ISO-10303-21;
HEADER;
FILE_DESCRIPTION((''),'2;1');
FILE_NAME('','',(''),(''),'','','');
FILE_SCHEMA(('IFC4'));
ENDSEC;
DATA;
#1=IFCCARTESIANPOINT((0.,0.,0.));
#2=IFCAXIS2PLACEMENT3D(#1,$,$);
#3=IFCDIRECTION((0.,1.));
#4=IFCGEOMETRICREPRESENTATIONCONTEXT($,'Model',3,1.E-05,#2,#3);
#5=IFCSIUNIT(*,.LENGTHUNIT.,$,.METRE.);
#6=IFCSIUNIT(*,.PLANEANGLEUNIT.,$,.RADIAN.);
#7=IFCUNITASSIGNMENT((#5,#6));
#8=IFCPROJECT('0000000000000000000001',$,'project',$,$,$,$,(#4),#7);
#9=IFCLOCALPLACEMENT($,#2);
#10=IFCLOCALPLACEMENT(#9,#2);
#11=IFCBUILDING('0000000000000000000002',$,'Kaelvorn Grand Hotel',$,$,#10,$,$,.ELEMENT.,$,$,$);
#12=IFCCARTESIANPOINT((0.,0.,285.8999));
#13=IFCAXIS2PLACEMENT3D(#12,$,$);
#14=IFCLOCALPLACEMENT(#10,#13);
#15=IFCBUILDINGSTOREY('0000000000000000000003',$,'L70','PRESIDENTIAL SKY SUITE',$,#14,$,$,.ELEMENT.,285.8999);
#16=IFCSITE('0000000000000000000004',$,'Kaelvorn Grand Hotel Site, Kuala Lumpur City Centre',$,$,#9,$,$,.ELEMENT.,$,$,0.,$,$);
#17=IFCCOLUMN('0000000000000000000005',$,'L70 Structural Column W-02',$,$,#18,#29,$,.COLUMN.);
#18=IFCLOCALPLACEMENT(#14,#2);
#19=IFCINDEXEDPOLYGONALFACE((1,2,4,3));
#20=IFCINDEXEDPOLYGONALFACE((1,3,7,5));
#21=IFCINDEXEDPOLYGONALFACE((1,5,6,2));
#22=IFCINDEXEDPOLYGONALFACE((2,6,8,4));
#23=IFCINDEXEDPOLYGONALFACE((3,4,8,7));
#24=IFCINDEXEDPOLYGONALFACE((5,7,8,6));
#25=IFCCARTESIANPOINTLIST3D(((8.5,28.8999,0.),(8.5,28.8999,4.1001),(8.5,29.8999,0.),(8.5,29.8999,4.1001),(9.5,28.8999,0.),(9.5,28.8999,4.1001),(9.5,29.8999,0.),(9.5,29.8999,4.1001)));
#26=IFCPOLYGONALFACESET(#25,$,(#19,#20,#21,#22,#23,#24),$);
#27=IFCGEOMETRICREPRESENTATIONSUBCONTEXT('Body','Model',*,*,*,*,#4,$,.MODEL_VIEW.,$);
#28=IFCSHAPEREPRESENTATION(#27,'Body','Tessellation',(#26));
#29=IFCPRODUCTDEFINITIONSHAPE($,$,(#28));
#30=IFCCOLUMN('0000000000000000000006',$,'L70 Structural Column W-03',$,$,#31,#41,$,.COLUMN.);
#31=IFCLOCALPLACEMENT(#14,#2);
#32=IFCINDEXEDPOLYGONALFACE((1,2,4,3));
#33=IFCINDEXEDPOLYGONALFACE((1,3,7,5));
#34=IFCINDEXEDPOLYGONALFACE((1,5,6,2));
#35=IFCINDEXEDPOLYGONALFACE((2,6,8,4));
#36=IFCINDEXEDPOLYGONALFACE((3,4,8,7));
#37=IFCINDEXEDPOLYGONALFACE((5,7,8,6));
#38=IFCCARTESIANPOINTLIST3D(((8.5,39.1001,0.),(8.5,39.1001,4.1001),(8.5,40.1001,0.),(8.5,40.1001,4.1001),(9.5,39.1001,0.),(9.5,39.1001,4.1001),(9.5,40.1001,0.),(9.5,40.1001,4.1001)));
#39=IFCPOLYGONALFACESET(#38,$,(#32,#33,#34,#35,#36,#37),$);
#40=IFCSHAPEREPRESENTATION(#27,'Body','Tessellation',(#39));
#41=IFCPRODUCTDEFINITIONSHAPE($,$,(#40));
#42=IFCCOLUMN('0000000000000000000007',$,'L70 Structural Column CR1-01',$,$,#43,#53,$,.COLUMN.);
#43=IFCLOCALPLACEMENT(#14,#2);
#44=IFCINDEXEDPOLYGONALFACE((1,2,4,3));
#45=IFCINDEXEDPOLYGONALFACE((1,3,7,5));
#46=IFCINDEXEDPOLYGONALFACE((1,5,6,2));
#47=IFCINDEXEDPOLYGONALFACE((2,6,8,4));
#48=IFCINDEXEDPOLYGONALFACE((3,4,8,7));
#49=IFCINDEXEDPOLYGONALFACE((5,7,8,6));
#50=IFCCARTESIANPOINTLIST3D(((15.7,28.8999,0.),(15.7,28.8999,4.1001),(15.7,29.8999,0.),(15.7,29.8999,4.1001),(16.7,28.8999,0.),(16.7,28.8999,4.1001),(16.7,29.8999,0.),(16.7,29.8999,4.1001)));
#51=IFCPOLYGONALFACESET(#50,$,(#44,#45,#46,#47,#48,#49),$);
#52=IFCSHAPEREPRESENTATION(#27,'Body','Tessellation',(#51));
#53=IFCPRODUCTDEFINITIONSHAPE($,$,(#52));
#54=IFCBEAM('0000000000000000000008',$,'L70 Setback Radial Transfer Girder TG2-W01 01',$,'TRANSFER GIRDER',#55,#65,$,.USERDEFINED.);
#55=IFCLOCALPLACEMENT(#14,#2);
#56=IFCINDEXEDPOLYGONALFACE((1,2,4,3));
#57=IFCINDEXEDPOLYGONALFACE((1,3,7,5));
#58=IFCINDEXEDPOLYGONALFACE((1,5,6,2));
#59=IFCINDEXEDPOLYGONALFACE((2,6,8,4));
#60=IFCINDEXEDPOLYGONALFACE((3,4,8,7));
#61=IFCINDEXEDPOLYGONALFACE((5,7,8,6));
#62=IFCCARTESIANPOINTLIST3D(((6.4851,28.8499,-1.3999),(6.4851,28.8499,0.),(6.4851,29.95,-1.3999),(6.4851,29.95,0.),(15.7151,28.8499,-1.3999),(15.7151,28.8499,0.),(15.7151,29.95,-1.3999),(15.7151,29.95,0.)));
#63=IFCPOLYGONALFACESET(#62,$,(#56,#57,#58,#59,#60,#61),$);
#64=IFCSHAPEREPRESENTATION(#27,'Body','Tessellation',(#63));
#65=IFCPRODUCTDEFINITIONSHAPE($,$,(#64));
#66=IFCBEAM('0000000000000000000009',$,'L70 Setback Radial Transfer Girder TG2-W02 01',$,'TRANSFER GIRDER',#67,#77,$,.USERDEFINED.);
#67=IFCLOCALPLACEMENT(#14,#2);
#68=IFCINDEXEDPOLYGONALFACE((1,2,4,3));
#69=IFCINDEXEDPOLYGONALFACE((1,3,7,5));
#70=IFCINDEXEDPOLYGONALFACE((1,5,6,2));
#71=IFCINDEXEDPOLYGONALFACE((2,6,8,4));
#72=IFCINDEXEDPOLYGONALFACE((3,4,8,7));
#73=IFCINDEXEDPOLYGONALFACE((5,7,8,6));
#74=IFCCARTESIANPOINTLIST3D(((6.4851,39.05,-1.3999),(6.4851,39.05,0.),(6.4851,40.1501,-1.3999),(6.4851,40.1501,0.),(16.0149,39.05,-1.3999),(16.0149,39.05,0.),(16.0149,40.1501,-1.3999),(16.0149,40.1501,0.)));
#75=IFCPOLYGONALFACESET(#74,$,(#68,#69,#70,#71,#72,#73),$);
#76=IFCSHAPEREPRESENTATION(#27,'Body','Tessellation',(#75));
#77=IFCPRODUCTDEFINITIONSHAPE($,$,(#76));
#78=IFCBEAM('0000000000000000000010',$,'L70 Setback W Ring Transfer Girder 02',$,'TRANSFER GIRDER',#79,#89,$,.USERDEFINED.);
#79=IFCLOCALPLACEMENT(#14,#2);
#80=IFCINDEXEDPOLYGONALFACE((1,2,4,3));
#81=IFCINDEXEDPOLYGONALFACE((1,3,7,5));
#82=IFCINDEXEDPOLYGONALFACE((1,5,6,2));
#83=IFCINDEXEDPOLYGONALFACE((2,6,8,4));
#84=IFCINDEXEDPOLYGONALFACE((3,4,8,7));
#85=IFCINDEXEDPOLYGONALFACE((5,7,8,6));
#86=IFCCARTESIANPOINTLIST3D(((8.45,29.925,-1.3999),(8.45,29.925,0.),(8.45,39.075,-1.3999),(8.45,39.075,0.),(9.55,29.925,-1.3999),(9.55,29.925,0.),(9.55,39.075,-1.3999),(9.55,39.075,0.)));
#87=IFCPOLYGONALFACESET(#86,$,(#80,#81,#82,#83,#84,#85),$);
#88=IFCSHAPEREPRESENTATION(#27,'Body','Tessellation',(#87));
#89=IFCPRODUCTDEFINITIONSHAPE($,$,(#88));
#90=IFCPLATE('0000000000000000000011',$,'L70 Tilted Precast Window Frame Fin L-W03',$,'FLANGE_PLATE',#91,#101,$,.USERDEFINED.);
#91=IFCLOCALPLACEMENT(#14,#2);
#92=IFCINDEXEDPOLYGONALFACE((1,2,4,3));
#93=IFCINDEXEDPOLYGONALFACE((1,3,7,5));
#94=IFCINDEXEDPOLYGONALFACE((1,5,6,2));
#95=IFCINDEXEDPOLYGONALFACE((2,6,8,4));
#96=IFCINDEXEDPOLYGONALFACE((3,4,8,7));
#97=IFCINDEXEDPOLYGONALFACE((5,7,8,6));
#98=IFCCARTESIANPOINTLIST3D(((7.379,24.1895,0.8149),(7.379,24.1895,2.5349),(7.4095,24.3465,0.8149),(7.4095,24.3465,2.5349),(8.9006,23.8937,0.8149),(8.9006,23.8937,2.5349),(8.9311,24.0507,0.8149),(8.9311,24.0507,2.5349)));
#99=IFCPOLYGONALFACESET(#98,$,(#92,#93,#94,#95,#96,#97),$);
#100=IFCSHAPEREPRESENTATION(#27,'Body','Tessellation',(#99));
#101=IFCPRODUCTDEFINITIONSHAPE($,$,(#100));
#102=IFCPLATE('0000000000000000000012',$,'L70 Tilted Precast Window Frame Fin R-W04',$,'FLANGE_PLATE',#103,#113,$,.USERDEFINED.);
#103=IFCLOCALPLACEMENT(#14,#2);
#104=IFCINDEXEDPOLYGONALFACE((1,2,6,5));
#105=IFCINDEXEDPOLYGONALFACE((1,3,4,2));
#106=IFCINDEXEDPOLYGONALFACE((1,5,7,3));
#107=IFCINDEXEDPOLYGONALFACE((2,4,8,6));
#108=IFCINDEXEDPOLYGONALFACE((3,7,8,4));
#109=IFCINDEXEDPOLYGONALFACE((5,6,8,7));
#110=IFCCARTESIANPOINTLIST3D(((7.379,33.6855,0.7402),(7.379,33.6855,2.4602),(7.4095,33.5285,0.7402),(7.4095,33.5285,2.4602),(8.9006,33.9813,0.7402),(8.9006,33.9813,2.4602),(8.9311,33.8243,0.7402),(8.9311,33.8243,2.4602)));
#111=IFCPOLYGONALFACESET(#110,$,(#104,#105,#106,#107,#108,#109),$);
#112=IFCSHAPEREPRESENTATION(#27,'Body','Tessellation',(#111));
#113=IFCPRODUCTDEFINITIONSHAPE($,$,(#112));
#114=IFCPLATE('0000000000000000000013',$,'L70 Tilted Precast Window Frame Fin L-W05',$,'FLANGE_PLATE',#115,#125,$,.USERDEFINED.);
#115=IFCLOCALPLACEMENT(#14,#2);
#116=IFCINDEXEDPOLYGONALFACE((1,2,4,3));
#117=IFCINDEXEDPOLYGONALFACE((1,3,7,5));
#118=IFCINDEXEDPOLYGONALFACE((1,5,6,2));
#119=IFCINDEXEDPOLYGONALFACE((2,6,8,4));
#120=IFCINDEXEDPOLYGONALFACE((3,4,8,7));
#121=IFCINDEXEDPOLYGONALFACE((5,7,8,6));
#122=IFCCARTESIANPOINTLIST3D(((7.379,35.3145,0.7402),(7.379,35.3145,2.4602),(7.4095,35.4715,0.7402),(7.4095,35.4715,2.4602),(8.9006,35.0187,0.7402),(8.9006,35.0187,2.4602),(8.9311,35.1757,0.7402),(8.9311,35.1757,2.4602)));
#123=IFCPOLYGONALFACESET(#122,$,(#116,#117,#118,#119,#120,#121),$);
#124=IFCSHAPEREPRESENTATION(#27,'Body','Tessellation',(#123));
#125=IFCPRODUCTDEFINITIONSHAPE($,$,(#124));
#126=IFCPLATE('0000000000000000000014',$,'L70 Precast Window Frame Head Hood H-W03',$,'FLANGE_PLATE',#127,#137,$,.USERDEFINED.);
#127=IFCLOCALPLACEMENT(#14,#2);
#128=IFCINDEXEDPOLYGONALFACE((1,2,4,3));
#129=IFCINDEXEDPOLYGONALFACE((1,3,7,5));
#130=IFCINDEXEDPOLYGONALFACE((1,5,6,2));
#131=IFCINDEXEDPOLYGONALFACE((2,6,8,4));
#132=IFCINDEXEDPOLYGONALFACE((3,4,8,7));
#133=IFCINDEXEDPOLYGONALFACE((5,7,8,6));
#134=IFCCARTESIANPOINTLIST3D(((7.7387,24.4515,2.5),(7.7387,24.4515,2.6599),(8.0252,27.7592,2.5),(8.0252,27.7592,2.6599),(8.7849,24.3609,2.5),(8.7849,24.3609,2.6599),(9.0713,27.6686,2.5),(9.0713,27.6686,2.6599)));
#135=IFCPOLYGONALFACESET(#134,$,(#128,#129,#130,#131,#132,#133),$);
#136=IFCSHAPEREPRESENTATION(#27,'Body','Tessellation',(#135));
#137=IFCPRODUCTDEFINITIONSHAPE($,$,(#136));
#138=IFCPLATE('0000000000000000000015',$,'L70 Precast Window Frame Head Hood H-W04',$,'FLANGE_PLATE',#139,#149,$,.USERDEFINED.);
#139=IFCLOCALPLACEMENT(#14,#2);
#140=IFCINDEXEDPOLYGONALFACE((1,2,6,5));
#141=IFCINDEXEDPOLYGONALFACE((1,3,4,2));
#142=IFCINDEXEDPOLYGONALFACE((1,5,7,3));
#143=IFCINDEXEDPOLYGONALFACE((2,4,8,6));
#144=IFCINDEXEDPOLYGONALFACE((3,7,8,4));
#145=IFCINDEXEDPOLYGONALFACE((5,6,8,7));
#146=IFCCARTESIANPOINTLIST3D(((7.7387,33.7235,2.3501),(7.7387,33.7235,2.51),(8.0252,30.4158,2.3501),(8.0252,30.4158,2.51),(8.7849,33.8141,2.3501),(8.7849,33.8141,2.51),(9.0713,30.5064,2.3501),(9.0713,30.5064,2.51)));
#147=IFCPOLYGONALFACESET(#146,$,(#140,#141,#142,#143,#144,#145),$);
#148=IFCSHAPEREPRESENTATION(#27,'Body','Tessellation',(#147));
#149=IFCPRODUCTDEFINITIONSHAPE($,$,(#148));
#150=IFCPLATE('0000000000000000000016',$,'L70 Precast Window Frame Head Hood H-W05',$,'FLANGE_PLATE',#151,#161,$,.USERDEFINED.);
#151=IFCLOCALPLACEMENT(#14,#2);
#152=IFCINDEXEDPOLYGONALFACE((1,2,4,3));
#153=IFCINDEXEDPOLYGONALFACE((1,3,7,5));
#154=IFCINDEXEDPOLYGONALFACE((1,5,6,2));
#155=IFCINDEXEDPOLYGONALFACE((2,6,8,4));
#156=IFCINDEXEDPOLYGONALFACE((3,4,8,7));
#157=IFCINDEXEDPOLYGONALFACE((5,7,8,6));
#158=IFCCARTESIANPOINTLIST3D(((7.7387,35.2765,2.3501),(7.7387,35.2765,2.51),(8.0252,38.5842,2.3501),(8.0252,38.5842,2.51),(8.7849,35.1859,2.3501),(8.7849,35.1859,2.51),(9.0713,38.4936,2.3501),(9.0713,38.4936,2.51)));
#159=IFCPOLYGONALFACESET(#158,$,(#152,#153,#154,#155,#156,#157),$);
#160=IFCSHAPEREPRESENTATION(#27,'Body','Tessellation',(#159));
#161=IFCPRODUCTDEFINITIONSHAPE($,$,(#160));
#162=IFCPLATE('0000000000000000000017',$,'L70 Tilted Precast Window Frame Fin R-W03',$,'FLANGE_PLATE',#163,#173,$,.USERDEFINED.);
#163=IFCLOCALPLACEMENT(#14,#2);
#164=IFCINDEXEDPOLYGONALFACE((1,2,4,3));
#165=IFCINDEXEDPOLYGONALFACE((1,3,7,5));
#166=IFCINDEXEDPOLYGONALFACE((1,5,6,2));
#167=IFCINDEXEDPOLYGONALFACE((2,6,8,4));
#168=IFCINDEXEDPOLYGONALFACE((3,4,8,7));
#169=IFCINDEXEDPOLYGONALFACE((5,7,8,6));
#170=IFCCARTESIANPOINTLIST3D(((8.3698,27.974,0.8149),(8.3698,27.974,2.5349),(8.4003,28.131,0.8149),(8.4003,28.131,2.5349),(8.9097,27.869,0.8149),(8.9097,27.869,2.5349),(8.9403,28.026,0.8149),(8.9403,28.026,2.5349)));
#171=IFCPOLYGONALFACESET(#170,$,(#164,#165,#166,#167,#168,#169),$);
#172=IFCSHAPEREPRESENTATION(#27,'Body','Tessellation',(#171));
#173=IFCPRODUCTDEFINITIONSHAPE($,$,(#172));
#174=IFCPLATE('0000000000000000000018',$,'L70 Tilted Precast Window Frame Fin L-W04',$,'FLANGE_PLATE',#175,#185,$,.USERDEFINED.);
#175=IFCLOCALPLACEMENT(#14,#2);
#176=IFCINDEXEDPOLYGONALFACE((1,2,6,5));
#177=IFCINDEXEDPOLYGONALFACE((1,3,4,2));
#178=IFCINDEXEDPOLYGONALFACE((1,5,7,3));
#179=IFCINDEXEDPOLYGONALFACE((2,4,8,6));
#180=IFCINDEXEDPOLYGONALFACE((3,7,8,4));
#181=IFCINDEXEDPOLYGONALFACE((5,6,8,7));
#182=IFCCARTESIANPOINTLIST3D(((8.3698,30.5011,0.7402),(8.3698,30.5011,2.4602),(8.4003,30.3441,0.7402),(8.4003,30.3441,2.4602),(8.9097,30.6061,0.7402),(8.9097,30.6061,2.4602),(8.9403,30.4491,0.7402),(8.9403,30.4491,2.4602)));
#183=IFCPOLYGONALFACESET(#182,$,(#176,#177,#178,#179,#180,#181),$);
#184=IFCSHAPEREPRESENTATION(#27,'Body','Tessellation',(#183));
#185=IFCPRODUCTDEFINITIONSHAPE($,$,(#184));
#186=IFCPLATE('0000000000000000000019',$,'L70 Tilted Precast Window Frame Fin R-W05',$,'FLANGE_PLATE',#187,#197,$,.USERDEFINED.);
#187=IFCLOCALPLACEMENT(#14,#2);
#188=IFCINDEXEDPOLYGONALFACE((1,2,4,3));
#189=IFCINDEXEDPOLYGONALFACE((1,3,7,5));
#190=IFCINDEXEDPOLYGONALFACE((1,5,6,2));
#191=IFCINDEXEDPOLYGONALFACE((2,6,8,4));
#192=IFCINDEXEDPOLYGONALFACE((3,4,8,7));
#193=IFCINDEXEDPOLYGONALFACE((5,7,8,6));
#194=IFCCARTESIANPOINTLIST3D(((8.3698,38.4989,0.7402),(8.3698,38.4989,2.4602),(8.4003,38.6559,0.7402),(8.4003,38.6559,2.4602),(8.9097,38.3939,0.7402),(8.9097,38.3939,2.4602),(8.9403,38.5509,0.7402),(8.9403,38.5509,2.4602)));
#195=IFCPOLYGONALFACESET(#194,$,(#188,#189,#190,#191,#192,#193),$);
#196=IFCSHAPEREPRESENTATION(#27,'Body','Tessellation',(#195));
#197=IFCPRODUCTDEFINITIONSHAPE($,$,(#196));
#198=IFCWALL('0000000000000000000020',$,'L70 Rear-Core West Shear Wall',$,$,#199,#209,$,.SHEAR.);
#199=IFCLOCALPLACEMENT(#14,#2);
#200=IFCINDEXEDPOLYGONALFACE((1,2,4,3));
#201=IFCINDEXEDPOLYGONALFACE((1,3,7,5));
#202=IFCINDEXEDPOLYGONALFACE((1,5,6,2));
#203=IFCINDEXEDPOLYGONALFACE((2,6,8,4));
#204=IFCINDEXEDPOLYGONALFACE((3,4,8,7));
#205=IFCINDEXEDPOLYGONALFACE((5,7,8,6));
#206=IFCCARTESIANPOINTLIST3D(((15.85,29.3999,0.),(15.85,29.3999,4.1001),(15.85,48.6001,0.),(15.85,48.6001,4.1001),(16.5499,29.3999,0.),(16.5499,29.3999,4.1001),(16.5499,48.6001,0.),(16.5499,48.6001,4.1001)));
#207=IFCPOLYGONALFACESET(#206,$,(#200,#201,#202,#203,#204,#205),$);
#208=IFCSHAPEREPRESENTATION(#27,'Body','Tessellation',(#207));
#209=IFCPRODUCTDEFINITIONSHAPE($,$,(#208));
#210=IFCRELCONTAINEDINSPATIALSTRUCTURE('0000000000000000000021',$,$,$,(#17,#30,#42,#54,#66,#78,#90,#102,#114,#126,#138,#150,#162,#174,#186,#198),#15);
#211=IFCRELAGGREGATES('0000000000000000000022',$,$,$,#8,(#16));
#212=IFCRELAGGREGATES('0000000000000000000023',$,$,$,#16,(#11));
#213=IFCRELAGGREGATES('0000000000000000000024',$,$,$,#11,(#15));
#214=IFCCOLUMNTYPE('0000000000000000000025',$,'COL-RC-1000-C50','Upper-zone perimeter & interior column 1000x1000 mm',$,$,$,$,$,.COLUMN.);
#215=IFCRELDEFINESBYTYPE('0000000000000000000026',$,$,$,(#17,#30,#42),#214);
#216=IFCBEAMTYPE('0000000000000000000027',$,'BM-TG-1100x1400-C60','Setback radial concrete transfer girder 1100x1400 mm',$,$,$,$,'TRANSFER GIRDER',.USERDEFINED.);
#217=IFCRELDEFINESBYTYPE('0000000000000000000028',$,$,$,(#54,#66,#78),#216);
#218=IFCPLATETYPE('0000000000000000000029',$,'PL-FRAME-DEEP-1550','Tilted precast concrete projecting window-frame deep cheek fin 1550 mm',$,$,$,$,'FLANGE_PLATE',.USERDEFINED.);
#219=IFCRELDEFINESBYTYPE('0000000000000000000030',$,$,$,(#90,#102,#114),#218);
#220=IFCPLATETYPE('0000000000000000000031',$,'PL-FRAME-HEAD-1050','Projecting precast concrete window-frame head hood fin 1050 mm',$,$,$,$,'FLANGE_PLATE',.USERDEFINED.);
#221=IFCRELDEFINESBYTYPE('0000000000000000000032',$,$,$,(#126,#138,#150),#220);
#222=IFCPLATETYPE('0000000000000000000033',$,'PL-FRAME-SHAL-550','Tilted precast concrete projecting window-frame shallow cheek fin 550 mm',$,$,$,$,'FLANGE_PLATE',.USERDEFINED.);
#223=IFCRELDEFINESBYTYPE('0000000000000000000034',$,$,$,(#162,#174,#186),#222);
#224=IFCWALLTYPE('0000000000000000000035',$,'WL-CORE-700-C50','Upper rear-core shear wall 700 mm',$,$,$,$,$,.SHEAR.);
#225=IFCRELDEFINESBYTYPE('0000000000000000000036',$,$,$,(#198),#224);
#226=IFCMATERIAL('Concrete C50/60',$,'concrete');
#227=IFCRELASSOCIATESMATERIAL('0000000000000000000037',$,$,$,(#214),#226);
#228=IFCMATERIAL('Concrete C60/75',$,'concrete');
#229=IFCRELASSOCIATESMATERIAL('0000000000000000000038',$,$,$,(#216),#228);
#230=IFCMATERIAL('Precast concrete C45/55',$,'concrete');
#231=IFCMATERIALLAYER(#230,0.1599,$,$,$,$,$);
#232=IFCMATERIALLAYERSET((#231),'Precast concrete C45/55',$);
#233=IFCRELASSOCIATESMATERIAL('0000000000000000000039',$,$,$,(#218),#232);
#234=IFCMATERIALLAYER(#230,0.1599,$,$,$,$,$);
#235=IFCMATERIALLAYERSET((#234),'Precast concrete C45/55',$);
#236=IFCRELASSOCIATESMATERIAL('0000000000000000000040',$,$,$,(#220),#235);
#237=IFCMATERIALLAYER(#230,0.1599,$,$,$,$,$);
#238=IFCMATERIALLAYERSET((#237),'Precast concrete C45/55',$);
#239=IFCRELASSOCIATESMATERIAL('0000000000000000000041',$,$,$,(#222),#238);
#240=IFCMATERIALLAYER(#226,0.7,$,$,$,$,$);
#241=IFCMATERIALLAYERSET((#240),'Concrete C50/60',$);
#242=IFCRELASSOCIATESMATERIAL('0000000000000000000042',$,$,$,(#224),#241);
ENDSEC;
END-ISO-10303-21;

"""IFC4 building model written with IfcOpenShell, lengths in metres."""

from ifc_helpers import new_model, si_unit, direction, frame, frame_2d, origin, origin_2d, place, context, subcontext, project, spatial, rectangle, extrude, material, layer, layer_set, material_profile, profile_set, type_object, element, save


model = new_model("IFC4")

# Units and contexts
model_context = context("Model", 3, precision=1e-05, world=origin(), true_north=direction((0.0, 1.0)))
body_context = subcontext(model_context, "Body", "Model", "MODEL_VIEW")
ifc_project = project(units=[si_unit("LENGTHUNIT", "METRE"), si_unit("PLANEANGLEUNIT", "RADIAN")], contexts=[model_context])

# Site, building, storey
site_placement = place(None, origin())
site = spatial("IfcSite", under=ifc_project, at=site_placement, Name="Kaelvorn Grand Hotel Site, Kuala Lumpur City Centre", CompositionType="ELEMENT", RefElevation=0.0)
building_placement = place(site_placement, origin())
building = spatial("IfcBuilding", under=site, at=building_placement, Name="Kaelvorn Grand Hotel", CompositionType="ELEMENT")
storey_placement = place(building_placement, frame((0.0, 0.0, 285.8999)))
storey = spatial("IfcBuildingStorey", under=building, at=storey_placement, Name="L70", Description="PRESIDENTIAL SKY SUITE", CompositionType="ELEMENT", Elevation=285.8999)

# Columns
ifc_material_1 = material(Name="Concrete C50/60", Category="concrete")
ifc_material_profile_1 = material_profile(ifc_material_1, rectangle(XDim=1.0, YDim=1.0, at=origin_2d()), Name="RC COL 1000x1000")
ifc_profile_set_1 = profile_set([ifc_material_profile_1], Name="Concrete C50/60")
column_type = type_object("IfcColumnType", Name="COL-RC-1000-C50", Description="Upper-zone perimeter & interior column 1000x1000 mm", PredefinedType="COLUMN", material=ifc_profile_set_1)
for number, where, z_axis, x_axis, name in (
    (1, (9.0, 29.3999, 0.0), (0.0, 0.0, 1.0), (1.0, 0.0, 0.0), "L70 Structural Column W-02"),
    (2, (9.0, 39.6001, 0.0), (0.0, 0.0, 1.0), (1.0, 0.0, 0.0), "L70 Structural Column W-03"),
    (3, (16.2, 29.3999, 0.0), (0.0, 0.0, 1.0), (1.0, 0.0, 0.0), "L70 Structural Column CR1-01"),
):
    element("IfcColumn", number, at=place(storey_placement, frame(where, z_axis=z_axis, x_axis=x_axis)), inside=storey, type_object=column_type, Name=name, PredefinedType="COLUMN", context=body_context, shape_type="SweptSolid", body=[
        extrude(rectangle(XDim=1.0, YDim=1.0, at=origin_2d()), origin(), (0.0, 0.0, 1.0), 4.1001),
    ])

# Beams
ifc_material_2 = material(Name="Concrete C60/75", Category="concrete")
ifc_material_profile_2 = material_profile(ifc_material_2, rectangle(XDim=1.1001, YDim=1.3999, at=origin_2d()), Name="RC TG 1100x1400")
ifc_profile_set_2 = profile_set([ifc_material_profile_2], Name="Concrete C60/75")
beam_type = type_object("IfcBeamType", Name="BM-TG-1100x1400-C60", Description="Setback radial concrete transfer girder 1100x1400 mm", ElementType="TRANSFER GIRDER", PredefinedType="USERDEFINED", material=ifc_profile_set_2)
beam_1_placement = place(storey_placement, frame((6.4851, 29.3999, -0.7), z_axis=(1.0, 0.0, 0.0), x_axis=(0.0, 1.0, 0.0)))
element("IfcBeam", 4, at=beam_1_placement, inside=storey, type_object=beam_type, Name="L70 Setback Radial Transfer Girder TG2-W01 01", ObjectType="TRANSFER GIRDER", PredefinedType="USERDEFINED", context=body_context, shape_type="SweptSolid", body=[
    extrude(rectangle(XDim=1.1001, YDim=1.3999, at=origin_2d()), origin(), (0.0, 0.0, 1.0), 9.23),
])
beam_2_placement = place(storey_placement, frame((6.4851, 39.6001, -0.7), z_axis=(1.0, 0.0, 0.0), x_axis=(0.0, 1.0, 0.0)))
element("IfcBeam", 5, at=beam_2_placement, inside=storey, type_object=beam_type, Name="L70 Setback Radial Transfer Girder TG2-W02 01", ObjectType="TRANSFER GIRDER", PredefinedType="USERDEFINED", context=body_context, shape_type="SweptSolid", body=[
    extrude(rectangle(XDim=1.1001, YDim=1.3999, at=origin_2d()), origin(), (0.0, 0.0, 1.0), 9.5298),
])
beam_3_placement = place(storey_placement, frame((9.0, 29.925, -0.7), z_axis=(0.0, 1.0, 0.0), x_axis=(-1.0, 0.0, 0.0)))
element("IfcBeam", 6, at=beam_3_placement, inside=storey, type_object=beam_type, Name="L70 Setback W Ring Transfer Girder 02", ObjectType="TRANSFER GIRDER", PredefinedType="USERDEFINED", context=body_context, shape_type="SweptSolid", body=[
    extrude(rectangle(XDim=1.1001, YDim=1.3999, at=origin_2d()), origin(), (0.0, 0.0, 1.0), 9.1499),
])

# Plates
ifc_material_3 = material(Name="Precast concrete C45/55", Category="concrete")
ifc_layer_1 = layer(ifc_material_3, 0.1599)
ifc_layer_set_1 = layer_set([ifc_layer_1], Name="Precast concrete C45/55")
plate_type_1 = type_object("IfcPlateType", Name="PL-FRAME-DEEP-1550", Description="Tilted precast concrete projecting window-frame deep cheek fin 1550 mm", ElementType="FLANGE_PLATE", PredefinedType="USERDEFINED", material=ifc_layer_set_1)
for number, where, z_axis, x_axis, name in (
    (7, (8.155, 24.1201, 0.8149), (0.0, 0.0, 1.0), (0.190809, 0.981627, 0.0), "L70 Tilted Precast Window Frame Fin L-W03"),
    (8, (8.155, 33.7549, 0.7402), (0.0, 0.0, 1.0), (-0.190809, 0.981627, 0.0), "L70 Tilted Precast Window Frame Fin R-W04"),
    (9, (8.155, 35.2451, 0.7402), (0.0, 0.0, 1.0), (0.190809, 0.981627, 0.0), "L70 Tilted Precast Window Frame Fin L-W05"),
):
    element("IfcPlate", number, at=place(storey_placement, frame(where, z_axis=z_axis, x_axis=x_axis)), inside=storey, type_object=plate_type_1, Name=name, ObjectType="FLANGE_PLATE", PredefinedType="USERDEFINED", context=body_context, shape_type="SweptSolid", body=[
        extrude(rectangle(XDim=0.1599, YDim=1.55, at=origin_2d()), origin(), (0.0, 0.0, 1.0), 1.72),
    ])
ifc_layer_2 = layer(ifc_material_3, 0.1599)
ifc_layer_set_2 = layer_set([ifc_layer_2], Name="Precast concrete C45/55")
plate_type_2 = type_object("IfcPlateType", Name="PL-FRAME-HEAD-1050", Description="Projecting precast concrete window-frame head hood fin 1050 mm", ElementType="FLANGE_PLATE", PredefinedType="USERDEFINED", material=ifc_layer_set_2)
for number, where, z_axis, x_axis, name in (
    (10, (8.405, 26.0601, 2.5), (0.0, 0.0, 1.0), (0.086286, 0.99627, 0.0), "L70 Precast Window Frame Head Hood H-W03"),
    (11, (8.405, 32.115, 2.3501), (0.0, 0.0, 1.0), (-0.086286, 0.99627, 0.0), "L70 Precast Window Frame Head Hood H-W04"),
    (12, (8.405, 36.885, 2.3501), (0.0, 0.0, 1.0), (0.086286, 0.99627, 0.0), "L70 Precast Window Frame Head Hood H-W05"),
):
    element("IfcPlate", number, at=place(storey_placement, frame(where, z_axis=z_axis, x_axis=x_axis)), inside=storey, type_object=plate_type_2, Name=name, ObjectType="FLANGE_PLATE", PredefinedType="USERDEFINED", context=body_context, shape_type="SweptSolid", body=[
        extrude(rectangle(XDim=3.3201, YDim=1.05, at=origin_2d()), origin(), (0.0, 0.0, 1.0), 0.1599),
    ])
ifc_layer_3 = layer(ifc_material_3, 0.1599)
ifc_layer_set_3 = layer_set([ifc_layer_3], Name="Precast concrete C45/55")
plate_type_3 = type_object("IfcPlateType", Name="PL-FRAME-SHAL-550", Description="Tilted precast concrete projecting window-frame shallow cheek fin 550 mm", ElementType="FLANGE_PLATE", PredefinedType="USERDEFINED", material=ifc_layer_set_3)
for number, where, z_axis, x_axis, name in (
    (13, (8.655, 28.0, 0.8149), (0.0, 0.0, 1.0), (0.190809, 0.981627, 0.0), "L70 Tilted Precast Window Frame Fin R-W03"),
    (14, (8.655, 30.4751, 0.7402), (0.0, 0.0, 1.0), (-0.190809, 0.981627, 0.0), "L70 Tilted Precast Window Frame Fin L-W04"),
    (15, (8.655, 38.5249, 0.7402), (0.0, 0.0, 1.0), (0.190809, 0.981627, 0.0), "L70 Tilted Precast Window Frame Fin R-W05"),
):
    element("IfcPlate", number, at=place(storey_placement, frame(where, z_axis=z_axis, x_axis=x_axis)), inside=storey, type_object=plate_type_3, Name=name, ObjectType="FLANGE_PLATE", PredefinedType="USERDEFINED", context=body_context, shape_type="SweptSolid", body=[
        extrude(rectangle(XDim=0.1599, YDim=0.55, at=origin_2d()), origin(), (0.0, 0.0, 1.0), 1.72),
    ])

# Wall
ifc_layer_4 = layer(ifc_material_1, 0.7)
ifc_layer_set_4 = layer_set([ifc_layer_4], Name="Concrete C50/60")
wall_type_1 = type_object("IfcWallType", Name="WL-CORE-700-C50", Description="Upper rear-core shear wall 700 mm", PredefinedType="SHEAR", material=ifc_layer_set_4)
wall_1_placement = place(storey_placement, frame((16.2, 29.3999, 0.0), z_axis=(0.0, 0.0, 1.0), x_axis=(0.0, 1.0, 0.0)))
element("IfcWall", 16, at=wall_1_placement, inside=storey, type_object=wall_type_1, Name="L70 Rear-Core West Shear Wall", PredefinedType="SHEAR", context=body_context, shape_type="SweptSolid", body=[
    extrude(rectangle(XDim=19.2002, YDim=0.7, at=frame_2d((9.6001, 0.0))), origin(), (0.0, 0.0, 1.0), 4.1001),
])

save(model, "model.ifc")
